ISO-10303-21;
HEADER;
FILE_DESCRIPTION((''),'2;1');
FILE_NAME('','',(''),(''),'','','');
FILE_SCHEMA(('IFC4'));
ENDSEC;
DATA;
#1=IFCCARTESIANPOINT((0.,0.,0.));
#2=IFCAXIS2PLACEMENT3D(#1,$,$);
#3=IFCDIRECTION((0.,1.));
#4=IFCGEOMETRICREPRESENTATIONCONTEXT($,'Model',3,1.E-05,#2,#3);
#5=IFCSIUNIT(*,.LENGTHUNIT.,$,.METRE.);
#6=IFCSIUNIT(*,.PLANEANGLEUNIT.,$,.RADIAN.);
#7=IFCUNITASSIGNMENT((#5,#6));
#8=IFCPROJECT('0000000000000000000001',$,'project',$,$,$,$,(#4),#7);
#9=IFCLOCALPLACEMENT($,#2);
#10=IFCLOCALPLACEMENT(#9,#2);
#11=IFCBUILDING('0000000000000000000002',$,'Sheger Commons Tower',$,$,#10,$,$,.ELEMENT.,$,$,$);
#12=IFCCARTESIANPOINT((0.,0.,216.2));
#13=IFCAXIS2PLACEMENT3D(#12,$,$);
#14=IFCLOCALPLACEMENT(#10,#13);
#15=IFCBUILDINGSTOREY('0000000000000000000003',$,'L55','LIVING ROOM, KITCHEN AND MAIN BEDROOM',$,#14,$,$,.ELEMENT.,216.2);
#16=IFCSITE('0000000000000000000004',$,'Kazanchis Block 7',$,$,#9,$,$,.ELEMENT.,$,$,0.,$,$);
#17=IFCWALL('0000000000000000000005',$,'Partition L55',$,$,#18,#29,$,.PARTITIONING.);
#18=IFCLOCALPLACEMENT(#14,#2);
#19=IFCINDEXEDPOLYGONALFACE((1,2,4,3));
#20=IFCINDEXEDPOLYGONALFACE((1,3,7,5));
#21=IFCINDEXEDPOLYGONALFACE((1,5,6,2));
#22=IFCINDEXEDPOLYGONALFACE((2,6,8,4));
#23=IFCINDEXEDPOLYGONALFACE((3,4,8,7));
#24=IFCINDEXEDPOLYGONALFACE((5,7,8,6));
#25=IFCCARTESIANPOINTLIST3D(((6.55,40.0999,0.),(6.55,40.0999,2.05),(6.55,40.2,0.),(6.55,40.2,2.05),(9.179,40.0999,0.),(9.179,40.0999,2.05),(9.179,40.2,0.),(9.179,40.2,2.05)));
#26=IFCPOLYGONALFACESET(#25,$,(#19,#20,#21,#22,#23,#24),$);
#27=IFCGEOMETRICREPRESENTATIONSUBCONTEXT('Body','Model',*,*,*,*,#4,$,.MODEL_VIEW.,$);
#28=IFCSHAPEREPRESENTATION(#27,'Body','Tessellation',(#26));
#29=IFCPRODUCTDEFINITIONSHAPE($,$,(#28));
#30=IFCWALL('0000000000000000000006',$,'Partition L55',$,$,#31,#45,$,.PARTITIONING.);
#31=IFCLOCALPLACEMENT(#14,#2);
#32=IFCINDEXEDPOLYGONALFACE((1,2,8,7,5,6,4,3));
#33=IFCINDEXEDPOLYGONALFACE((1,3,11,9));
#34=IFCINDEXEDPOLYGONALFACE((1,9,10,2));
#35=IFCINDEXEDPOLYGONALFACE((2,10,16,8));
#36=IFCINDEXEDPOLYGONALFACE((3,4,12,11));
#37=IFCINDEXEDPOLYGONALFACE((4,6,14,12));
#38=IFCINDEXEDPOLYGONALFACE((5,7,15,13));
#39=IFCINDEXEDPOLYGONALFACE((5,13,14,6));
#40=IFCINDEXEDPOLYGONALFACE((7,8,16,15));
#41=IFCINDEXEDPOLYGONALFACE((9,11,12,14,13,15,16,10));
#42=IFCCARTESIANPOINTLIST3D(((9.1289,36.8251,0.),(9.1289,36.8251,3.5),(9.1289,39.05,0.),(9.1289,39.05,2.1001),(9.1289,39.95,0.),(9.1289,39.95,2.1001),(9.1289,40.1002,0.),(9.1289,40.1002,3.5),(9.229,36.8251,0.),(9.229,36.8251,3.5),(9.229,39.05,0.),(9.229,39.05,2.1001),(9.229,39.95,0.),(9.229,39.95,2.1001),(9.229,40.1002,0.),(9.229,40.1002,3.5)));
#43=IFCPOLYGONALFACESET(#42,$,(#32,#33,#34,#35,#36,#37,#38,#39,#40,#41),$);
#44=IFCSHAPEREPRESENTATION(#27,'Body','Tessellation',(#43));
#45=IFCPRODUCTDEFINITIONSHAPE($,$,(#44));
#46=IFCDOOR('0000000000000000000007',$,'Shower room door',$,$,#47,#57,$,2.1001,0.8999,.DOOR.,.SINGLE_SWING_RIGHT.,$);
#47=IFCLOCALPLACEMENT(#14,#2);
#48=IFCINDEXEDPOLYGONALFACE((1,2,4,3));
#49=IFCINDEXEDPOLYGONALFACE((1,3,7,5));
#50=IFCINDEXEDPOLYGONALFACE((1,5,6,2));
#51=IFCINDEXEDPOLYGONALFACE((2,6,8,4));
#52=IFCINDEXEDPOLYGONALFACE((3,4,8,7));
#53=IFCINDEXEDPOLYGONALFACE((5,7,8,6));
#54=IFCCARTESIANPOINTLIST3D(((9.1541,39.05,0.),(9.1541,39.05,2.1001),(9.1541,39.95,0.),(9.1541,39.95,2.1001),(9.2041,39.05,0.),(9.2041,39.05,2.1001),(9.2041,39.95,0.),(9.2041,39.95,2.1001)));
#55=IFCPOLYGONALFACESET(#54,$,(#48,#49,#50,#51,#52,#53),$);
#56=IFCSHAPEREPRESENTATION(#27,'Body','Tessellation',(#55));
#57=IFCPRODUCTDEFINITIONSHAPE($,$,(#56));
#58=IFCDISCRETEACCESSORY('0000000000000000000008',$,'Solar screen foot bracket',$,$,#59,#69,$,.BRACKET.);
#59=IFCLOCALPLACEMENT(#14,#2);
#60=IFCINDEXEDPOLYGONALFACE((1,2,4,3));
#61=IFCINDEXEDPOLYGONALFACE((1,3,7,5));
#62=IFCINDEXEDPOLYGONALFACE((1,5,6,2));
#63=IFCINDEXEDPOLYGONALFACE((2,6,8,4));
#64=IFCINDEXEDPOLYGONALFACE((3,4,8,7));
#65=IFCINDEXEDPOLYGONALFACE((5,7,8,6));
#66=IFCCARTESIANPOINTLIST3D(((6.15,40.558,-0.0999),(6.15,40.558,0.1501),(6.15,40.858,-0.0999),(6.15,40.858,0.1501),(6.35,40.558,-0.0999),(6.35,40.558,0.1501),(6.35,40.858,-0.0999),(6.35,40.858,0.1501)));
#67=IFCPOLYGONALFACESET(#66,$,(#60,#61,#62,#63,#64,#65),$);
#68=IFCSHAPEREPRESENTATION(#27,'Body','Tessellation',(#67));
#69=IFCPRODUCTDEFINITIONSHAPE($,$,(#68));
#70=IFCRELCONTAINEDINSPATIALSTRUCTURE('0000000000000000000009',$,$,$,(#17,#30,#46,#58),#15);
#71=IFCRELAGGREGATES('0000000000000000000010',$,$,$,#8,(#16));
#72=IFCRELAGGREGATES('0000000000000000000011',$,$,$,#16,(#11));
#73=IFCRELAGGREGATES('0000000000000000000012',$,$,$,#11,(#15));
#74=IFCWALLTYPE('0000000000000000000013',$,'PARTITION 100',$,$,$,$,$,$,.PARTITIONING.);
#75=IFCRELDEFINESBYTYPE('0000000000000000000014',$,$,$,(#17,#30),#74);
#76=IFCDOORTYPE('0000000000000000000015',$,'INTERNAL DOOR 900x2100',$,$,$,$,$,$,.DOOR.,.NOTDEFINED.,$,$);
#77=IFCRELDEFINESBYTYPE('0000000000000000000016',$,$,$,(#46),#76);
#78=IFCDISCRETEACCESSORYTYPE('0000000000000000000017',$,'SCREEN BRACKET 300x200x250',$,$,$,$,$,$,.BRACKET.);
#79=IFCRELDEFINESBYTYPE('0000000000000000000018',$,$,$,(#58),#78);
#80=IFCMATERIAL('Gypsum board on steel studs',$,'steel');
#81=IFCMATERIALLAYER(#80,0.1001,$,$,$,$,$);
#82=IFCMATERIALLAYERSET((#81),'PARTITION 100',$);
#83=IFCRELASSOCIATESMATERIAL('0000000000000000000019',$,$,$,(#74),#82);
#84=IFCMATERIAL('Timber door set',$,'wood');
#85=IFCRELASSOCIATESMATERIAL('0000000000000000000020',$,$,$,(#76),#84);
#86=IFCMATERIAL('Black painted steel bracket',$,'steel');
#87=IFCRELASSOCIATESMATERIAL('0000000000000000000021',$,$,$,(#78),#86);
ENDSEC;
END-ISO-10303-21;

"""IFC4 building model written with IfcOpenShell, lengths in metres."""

from ifc_helpers import new_model, si_unit, direction, frame, frame_2d, origin, origin_2d, place, context, subcontext, project, spatial, rectangle, extrude, material, layer, layer_set, type_object, element, fill, save


model = new_model("IFC4")

# Units and contexts
model_context = context("Model", 3, precision=1e-05, world=origin(), true_north=direction((0.0, 1.0)))
body_context = subcontext(model_context, "Body", "Model", "MODEL_VIEW")
ifc_project = project(units=[si_unit("LENGTHUNIT", "METRE"), si_unit("PLANEANGLEUNIT", "RADIAN")], contexts=[model_context])

# Site, building, storey
site_placement = place(None, origin())
site = spatial("IfcSite", under=ifc_project, at=site_placement, Name="Kazanchis Block 7", CompositionType="ELEMENT", RefElevation=0.0)
building_placement = place(site_placement, origin())
building = spatial("IfcBuilding", under=site, at=building_placement, Name="Sheger Commons Tower", CompositionType="ELEMENT")
storey_placement = place(building_placement, frame((0.0, 0.0, 216.2)))
storey = spatial("IfcBuildingStorey", under=building, at=storey_placement, Name="L55", Description="LIVING ROOM, KITCHEN AND MAIN BEDROOM", CompositionType="ELEMENT", Elevation=216.2)

# Wall
ifc_material_1 = material(Name="Gypsum board on steel studs", Category="steel")
ifc_layer_1 = layer(ifc_material_1, 0.1001)
ifc_layer_set_1 = layer_set([ifc_layer_1], Name="PARTITION 100")
wall_type_1 = type_object("IfcWallType", Name="PARTITION 100", PredefinedType="PARTITIONING", material=ifc_layer_set_1)
wall_1_placement = place(storey_placement, frame((6.55, 40.1499, 0.0), z_axis=(0.0, 0.0, 1.0), x_axis=(1.0, 0.0, 0.0)))
element("IfcWall", 1, at=wall_1_placement, inside=storey, type_object=wall_type_1, Name="Partition L55", PredefinedType="PARTITIONING", context=body_context, shape_type="SweptSolid", body=[
    extrude(rectangle(XDim=2.6289, YDim=0.1001, at=frame_2d((1.3145, 0.0))), origin(), (0.0, 0.0, 1.0), 2.05),
])

# Wall, opening, door
wall_2_placement = place(storey_placement, frame((9.179, 36.825, 0.0), z_axis=(0.0, 0.0, 1.0), x_axis=(0.0, 1.0, 0.0)))
wall_2 = element("IfcWall", 2, at=wall_2_placement, inside=storey, type_object=wall_type_1, Name="Partition L55", PredefinedType="PARTITIONING", context=body_context, shape_type="SweptSolid", body=[
    extrude(rectangle(XDim=3.2751, YDim=0.1001, at=frame_2d((1.6377, 0.0))), origin(), (0.0, 0.0, 1.0), 3.5),
])
opening_1_placement = place(wall_2_placement, frame((2.2251, 0.0, 0.0)))
opening_1 = element("IfcOpeningElement", 3, at=opening_1_placement, cuts=wall_2, PredefinedType="OPENING", context=body_context, shape_type="SweptSolid", body=[
    extrude(rectangle(XDim=0.8999, YDim=2.1001, at=frame_2d((0.45, 1.05))), frame((0.0, 0.0601, 0.0), z_axis=(0.0, -1.0, 0.0), x_axis=(1.0, 0.0, 0.0)), (0.0, 0.0, 1.0), 0.1201),
])
ifc_material_2 = material(Name="Timber door set", Category="wood")
door_type_1 = type_object("IfcDoorType", Name="INTERNAL DOOR 900x2100", OperationType="NOTDEFINED", PredefinedType="DOOR", material=ifc_material_2)
door_1_placement = place(opening_1_placement, origin())
door_1 = element("IfcDoor", 4, at=door_1_placement, inside=storey, type_object=door_type_1, Name="Shower room door", OperationType="SINGLE_SWING_RIGHT", OverallHeight=2.1001, OverallWidth=0.8999, PredefinedType="DOOR", context=body_context, shape_type="SweptSolid", body=[
    extrude(rectangle(XDim=0.8999, YDim=2.1001, at=frame_2d((0.45, 1.05))), frame((0.0, 0.0249, 0.0), z_axis=(0.0, -1.0, 0.0), x_axis=(1.0, 0.0, 0.0)), (0.0, 0.0, 1.0), 0.05),
])
fill(opening_1, door_1)

# Discrete accessory
ifc_material_3 = material(Name="Black painted steel bracket", Category="steel")
discrete_accessory_type = type_object("IfcDiscreteAccessoryType", Name="SCREEN BRACKET 300x200x250", PredefinedType="BRACKET", material=ifc_material_3)
discrete_accessory_placement = place(storey_placement, frame((6.25, 40.708, -0.0999), z_axis=(0.0, 0.0, 1.0), x_axis=(0.0, -1.0, 0.0)))
element("IfcDiscreteAccessory", 5, at=discrete_accessory_placement, inside=storey, type_object=discrete_accessory_type, Name="Solar screen foot bracket", PredefinedType="BRACKET", context=body_context, shape_type="SweptSolid", body=[
    extrude(rectangle(XDim=0.3, YDim=0.2, at=origin_2d()), origin(), (0.0, 0.0, 1.0), 0.25),
])

save(model, "model.ifc")
